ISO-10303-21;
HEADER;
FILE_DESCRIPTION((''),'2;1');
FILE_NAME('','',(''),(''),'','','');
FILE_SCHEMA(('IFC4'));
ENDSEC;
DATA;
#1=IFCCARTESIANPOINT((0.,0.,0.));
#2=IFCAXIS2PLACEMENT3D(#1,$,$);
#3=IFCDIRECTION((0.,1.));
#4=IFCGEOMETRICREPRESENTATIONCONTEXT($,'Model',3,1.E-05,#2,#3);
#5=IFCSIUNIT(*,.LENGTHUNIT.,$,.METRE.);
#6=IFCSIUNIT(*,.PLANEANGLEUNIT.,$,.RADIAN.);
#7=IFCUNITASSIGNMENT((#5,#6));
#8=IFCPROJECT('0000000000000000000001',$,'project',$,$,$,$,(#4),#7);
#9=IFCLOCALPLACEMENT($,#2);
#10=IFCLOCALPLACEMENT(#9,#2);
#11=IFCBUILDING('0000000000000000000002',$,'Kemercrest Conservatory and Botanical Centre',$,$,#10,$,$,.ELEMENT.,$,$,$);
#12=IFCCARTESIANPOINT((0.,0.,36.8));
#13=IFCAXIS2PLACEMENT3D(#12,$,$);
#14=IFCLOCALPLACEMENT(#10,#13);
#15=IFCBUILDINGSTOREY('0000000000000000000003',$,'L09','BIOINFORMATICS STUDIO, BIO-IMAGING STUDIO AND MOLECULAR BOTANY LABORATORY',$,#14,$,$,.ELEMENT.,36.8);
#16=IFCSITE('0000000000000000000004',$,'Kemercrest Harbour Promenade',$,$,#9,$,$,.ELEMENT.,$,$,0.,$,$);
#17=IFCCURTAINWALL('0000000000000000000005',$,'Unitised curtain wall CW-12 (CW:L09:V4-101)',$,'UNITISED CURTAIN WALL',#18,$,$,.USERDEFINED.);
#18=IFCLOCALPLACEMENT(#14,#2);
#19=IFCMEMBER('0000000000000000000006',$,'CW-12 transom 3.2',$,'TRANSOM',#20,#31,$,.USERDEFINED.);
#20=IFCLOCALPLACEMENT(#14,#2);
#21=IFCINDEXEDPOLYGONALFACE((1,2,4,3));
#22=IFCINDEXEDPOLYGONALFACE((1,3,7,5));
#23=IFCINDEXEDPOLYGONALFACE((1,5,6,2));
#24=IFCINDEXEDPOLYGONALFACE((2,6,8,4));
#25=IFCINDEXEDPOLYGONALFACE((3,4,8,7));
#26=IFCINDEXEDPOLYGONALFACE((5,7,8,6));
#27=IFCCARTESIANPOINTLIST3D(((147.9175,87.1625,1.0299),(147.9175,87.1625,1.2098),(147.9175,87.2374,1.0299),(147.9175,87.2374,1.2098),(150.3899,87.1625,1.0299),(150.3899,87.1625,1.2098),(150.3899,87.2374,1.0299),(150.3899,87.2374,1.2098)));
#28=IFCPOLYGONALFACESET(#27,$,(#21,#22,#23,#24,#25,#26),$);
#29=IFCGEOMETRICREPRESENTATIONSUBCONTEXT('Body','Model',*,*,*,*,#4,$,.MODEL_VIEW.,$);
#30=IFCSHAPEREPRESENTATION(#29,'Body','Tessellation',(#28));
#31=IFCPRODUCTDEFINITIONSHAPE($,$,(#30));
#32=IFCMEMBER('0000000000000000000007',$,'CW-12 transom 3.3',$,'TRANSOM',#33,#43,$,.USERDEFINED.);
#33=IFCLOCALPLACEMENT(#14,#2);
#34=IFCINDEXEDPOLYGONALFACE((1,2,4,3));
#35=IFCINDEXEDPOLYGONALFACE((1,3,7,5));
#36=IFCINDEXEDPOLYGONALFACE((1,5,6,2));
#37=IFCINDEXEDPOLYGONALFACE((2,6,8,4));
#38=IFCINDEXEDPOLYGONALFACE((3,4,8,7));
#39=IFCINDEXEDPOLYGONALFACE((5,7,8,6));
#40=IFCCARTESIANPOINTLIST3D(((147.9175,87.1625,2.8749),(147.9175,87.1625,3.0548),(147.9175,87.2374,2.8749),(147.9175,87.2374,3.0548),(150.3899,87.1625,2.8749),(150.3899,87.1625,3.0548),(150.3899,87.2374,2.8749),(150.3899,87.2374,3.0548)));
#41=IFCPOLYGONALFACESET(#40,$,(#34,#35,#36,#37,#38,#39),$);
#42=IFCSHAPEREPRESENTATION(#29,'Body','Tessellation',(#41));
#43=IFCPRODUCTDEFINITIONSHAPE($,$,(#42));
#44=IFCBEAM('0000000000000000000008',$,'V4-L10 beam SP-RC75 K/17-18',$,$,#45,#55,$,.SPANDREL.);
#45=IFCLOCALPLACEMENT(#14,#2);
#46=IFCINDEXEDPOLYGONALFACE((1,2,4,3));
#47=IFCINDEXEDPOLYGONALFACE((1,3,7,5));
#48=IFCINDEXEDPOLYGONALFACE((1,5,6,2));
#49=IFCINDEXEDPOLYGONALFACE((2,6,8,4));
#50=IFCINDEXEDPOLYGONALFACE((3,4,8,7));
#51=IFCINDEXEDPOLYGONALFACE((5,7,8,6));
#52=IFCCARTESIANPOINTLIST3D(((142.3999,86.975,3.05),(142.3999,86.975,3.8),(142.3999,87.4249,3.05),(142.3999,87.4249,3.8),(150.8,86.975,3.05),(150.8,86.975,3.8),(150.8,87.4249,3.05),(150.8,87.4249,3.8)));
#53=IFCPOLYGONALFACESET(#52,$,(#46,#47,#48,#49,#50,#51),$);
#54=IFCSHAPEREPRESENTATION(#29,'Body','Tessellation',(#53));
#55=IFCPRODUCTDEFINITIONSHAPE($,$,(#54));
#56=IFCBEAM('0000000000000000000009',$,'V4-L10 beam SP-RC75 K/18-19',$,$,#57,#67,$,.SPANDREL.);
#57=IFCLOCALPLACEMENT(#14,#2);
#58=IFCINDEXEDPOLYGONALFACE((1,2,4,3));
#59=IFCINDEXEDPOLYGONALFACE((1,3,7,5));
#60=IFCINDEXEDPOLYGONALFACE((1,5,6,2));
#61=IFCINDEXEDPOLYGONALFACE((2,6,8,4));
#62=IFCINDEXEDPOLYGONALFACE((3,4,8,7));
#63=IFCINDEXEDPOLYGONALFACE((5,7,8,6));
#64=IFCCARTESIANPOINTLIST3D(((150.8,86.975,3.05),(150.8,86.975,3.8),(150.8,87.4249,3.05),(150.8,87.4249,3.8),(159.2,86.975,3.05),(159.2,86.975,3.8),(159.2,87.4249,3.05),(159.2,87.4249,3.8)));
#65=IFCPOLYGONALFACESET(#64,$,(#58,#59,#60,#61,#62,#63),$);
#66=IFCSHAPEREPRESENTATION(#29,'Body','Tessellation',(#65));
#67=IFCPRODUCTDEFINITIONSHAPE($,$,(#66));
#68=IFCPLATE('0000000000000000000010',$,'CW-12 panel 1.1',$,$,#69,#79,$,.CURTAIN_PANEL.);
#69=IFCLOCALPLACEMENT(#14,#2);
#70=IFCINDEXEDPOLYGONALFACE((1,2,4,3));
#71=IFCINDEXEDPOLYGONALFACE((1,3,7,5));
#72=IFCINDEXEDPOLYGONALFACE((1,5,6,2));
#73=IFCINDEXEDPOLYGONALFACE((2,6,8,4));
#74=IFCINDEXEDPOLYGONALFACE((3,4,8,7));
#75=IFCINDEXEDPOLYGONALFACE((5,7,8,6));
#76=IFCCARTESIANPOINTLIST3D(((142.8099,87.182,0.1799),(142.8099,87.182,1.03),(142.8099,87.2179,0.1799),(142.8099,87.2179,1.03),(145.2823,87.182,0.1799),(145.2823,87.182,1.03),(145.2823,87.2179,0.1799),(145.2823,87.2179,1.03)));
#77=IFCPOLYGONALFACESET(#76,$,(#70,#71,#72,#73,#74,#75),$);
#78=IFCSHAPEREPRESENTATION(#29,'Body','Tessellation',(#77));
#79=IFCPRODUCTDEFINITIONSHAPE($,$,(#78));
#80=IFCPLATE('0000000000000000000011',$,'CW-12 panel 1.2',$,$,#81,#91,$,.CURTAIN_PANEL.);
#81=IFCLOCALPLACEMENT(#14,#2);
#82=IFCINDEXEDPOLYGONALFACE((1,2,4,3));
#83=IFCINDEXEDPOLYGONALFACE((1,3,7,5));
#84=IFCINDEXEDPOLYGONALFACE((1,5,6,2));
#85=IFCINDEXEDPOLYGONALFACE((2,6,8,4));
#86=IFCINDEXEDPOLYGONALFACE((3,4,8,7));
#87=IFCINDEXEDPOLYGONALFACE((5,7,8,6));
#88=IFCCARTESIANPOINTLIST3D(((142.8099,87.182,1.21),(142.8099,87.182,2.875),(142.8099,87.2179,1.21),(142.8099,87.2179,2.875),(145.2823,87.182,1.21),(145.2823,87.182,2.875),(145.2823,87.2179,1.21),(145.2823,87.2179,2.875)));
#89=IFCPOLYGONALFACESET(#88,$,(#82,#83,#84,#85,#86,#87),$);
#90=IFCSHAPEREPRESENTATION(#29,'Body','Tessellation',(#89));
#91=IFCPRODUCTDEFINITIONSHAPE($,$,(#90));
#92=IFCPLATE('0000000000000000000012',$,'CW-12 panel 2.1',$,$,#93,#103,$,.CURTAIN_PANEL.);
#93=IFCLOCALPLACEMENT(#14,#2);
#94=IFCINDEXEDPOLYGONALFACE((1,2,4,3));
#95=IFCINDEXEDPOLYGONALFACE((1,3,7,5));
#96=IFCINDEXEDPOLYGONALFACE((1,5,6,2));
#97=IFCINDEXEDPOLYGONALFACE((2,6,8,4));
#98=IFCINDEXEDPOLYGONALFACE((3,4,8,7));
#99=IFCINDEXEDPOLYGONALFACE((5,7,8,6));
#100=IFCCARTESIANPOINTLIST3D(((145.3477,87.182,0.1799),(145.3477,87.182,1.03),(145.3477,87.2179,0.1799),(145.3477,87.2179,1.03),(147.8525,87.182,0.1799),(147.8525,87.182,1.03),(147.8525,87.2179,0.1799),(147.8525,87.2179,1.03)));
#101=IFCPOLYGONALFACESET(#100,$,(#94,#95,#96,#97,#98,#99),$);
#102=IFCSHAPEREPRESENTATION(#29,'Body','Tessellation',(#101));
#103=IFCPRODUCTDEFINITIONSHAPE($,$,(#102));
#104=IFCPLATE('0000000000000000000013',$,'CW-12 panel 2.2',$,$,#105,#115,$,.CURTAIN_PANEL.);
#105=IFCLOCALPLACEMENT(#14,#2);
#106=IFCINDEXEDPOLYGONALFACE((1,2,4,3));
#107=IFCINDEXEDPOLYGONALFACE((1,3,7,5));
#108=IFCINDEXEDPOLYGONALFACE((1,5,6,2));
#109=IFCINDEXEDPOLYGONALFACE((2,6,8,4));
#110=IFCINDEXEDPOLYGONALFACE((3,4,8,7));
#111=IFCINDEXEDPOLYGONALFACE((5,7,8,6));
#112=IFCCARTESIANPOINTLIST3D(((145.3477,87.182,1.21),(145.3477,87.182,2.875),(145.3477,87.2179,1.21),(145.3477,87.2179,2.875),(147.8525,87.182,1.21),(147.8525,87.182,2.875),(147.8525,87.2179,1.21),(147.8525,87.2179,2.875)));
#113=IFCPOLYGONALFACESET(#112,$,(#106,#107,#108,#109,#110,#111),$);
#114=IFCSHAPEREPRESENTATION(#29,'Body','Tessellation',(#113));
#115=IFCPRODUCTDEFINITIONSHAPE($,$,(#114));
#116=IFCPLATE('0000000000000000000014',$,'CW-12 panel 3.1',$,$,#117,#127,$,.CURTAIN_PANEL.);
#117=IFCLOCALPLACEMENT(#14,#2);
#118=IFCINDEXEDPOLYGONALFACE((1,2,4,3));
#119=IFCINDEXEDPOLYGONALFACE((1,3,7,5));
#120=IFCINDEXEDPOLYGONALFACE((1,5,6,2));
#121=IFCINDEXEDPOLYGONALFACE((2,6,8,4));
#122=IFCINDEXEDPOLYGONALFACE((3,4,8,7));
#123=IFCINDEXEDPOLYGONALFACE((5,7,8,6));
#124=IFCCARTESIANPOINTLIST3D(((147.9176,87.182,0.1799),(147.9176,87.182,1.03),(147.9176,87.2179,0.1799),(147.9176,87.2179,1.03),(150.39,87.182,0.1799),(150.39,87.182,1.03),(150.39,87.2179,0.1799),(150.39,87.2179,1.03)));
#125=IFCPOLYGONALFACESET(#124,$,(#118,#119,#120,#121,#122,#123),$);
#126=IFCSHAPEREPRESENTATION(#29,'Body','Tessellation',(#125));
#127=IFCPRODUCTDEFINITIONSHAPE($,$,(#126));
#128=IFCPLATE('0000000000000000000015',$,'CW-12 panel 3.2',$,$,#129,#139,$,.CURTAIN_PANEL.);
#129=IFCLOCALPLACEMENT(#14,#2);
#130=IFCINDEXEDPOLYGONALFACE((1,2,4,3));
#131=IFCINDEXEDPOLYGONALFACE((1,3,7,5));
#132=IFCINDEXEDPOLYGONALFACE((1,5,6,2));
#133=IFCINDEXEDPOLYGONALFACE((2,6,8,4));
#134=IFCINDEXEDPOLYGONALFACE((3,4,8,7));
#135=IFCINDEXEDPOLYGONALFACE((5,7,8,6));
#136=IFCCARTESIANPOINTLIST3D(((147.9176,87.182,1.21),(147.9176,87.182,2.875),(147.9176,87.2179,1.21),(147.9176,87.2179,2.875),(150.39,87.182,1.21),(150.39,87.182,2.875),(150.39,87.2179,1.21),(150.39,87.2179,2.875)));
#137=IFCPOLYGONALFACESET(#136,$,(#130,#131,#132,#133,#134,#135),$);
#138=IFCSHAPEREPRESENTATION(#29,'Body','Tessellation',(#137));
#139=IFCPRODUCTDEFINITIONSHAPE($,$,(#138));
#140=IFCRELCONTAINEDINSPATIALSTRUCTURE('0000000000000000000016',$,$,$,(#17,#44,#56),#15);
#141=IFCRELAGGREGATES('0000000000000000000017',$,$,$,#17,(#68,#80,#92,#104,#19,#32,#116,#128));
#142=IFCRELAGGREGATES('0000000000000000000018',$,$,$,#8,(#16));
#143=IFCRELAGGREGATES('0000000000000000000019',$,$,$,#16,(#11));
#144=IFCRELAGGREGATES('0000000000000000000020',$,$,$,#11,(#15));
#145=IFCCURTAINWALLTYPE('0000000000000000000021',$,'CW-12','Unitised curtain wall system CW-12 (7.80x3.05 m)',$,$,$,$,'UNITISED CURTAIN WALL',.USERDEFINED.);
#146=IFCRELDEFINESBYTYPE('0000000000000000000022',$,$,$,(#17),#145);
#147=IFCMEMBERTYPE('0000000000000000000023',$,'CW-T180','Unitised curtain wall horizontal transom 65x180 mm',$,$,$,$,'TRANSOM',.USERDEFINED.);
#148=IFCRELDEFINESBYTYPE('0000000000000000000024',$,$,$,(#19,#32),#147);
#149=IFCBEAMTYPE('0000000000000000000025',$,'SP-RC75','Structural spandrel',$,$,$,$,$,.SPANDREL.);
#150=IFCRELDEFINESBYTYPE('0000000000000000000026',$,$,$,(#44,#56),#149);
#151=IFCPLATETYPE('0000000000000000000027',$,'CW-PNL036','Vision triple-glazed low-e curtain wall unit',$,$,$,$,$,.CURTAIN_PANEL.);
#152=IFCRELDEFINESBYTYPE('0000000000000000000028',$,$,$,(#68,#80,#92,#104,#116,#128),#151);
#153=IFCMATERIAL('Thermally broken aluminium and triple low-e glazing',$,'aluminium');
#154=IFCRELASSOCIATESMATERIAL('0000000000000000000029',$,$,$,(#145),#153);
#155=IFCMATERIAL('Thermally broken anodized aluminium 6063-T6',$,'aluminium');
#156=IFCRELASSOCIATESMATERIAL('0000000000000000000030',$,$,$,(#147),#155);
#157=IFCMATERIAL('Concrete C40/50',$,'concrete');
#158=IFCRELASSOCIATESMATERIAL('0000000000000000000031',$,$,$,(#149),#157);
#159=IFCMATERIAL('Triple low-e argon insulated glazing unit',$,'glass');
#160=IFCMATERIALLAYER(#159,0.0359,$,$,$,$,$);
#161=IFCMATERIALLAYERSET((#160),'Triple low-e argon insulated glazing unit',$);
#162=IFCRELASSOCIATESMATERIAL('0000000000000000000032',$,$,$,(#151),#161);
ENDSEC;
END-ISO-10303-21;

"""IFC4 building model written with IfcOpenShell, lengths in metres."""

from ifc_helpers import new_model, si_unit, direction, frame, origin, origin_2d, place, context, subcontext, project, spatial, rectangle, extrude, material, layer, layer_set, material_profile, profile_set, type_object, element, aggregate, save


model = new_model("IFC4")

# Units and contexts
model_context = context("Model", 3, precision=1e-05, world=origin(), true_north=direction((0.0, 1.0)))
body_context = subcontext(model_context, "Body", "Model", "MODEL_VIEW")
ifc_project = project(units=[si_unit("LENGTHUNIT", "METRE"), si_unit("PLANEANGLEUNIT", "RADIAN")], contexts=[model_context])

# Site, building, storey
site_placement = place(None, origin())
site = spatial("IfcSite", under=ifc_project, at=site_placement, Name="Kemercrest Harbour Promenade", CompositionType="ELEMENT", RefElevation=0.0)
building_placement = place(site_placement, origin())
building = spatial("IfcBuilding", under=site, at=building_placement, Name="Kemercrest Conservatory and Botanical Centre", CompositionType="ELEMENT")
storey_placement = place(building_placement, frame((0.0, 0.0, 36.8)))
storey = spatial("IfcBuildingStorey", under=building, at=storey_placement, Name="L09", Description="BIOINFORMATICS STUDIO, BIO-IMAGING STUDIO AND MOLECULAR BOTANY LABORATORY", CompositionType="ELEMENT", Elevation=36.8)

# Shared definitions
ifc_material_1 = material(Name="Concrete C40/50", Category="concrete")

# Curtain wall, members
ifc_material_2 = material(Name="Thermally broken aluminium and triple low-e glazing", Category="aluminium")
curtain_wall_type = type_object("IfcCurtainWallType", Name="CW-12", Description="Unitised curtain wall system CW-12 (7.80x3.05 m)", ElementType="UNITISED CURTAIN WALL", PredefinedType="USERDEFINED", material=ifc_material_2)
curtain_wall_placement = place(storey_placement, origin())
curtain_wall = element("IfcCurtainWall", 1, at=curtain_wall_placement, inside=storey, type_object=curtain_wall_type, Name="Unitised curtain wall CW-12 (CW:L09:V4-101)", ObjectType="UNITISED CURTAIN WALL", PredefinedType="USERDEFINED")
ifc_material_3 = material(Name="Thermally broken anodized aluminium 6063-T6", Category="aluminium")
ifc_material_profile_1 = material_profile(ifc_material_3, rectangle(XDim=0.075, YDim=0.1799, at=origin_2d()), Name="AL TRANSOM 75x180")
ifc_profile_set_1 = profile_set([ifc_material_profile_1], Name="Thermally broken anodized aluminium 6063-T6")
member_type_1 = type_object("IfcMemberType", Name="CW-T180", Description="Unitised curtain wall horizontal transom 65x180 mm", ElementType="TRANSOM", PredefinedType="USERDEFINED", material=ifc_profile_set_1)
member_1_placement = place(storey_placement, frame((147.9175, 87.2, 1.1199), z_axis=(1.0, 0.0, 0.0), x_axis=(0.0, 1.0, 0.0)))
member_1 = element("IfcMember", 2, at=member_1_placement, type_object=member_type_1, Name="CW-12 transom 3.2", ObjectType="TRANSOM", PredefinedType="USERDEFINED", context=body_context, shape_type="SweptSolid", body=[
    extrude(rectangle(XDim=0.075, YDim=0.1799, at=origin_2d()), origin(), (0.0, 0.0, 1.0), 2.4724),
])
member_2_placement = place(storey_placement, frame((147.9175, 87.2, 2.9648), z_axis=(1.0, 0.0, 0.0), x_axis=(0.0, 1.0, 0.0)))
member_2 = element("IfcMember", 3, at=member_2_placement, type_object=member_type_1, Name="CW-12 transom 3.3", ObjectType="TRANSOM", PredefinedType="USERDEFINED", context=body_context, shape_type="SweptSolid", body=[
    extrude(rectangle(XDim=0.075, YDim=0.1799, at=origin_2d()), origin(), (0.0, 0.0, 1.0), 2.4724),
])

# Beams
ifc_material_profile_2 = material_profile(ifc_material_1, rectangle(XDim=0.45, YDim=0.75, at=origin_2d()), Name="RC 450x750")
ifc_profile_set_2 = profile_set([ifc_material_profile_2], Name="Concrete C40/50")
beam_type_1 = type_object("IfcBeamType", Name="SP-RC75", Description="Structural spandrel", PredefinedType="SPANDREL", material=ifc_profile_set_2)
beam_1_placement = place(storey_placement, frame((142.3999, 87.2, 3.425), z_axis=(1.0, 0.0, 0.0), x_axis=(0.0, 1.0, 0.0)))
element("IfcBeam", 4, at=beam_1_placement, inside=storey, type_object=beam_type_1, Name="V4-L10 beam SP-RC75 K/17-18", PredefinedType="SPANDREL", context=body_context, shape_type="SweptSolid", body=[
    extrude(rectangle(XDim=0.45, YDim=0.75, at=origin_2d()), origin(), (0.0, 0.0, 1.0), 8.4001),
])
beam_2_placement = place(storey_placement, frame((150.8, 87.2, 3.425), z_axis=(1.0, 0.0, 0.0), x_axis=(0.0, 1.0, 0.0)))
element("IfcBeam", 5, at=beam_2_placement, inside=storey, type_object=beam_type_1, Name="V4-L10 beam SP-RC75 K/18-19", PredefinedType="SPANDREL", context=body_context, shape_type="SweptSolid", body=[
    extrude(rectangle(XDim=0.45, YDim=0.75, at=origin_2d()), origin(), (0.0, 0.0, 1.0), 8.3999),
])

# Plates
ifc_material_4 = material(Name="Triple low-e argon insulated glazing unit", Category="glass")
ifc_layer_1 = layer(ifc_material_4, 0.0359)
ifc_layer_set_1 = layer_set([ifc_layer_1], Name="Triple low-e argon insulated glazing unit")
plate_type = type_object("IfcPlateType", Name="CW-PNL036", Description="Vision triple-glazed low-e curtain wall unit", PredefinedType="CURTAIN_PANEL", material=ifc_layer_set_1)
plate_1_placement = place(storey_placement, frame((144.0461, 87.2, 0.1799), z_axis=(0.0, 0.0, 1.0), x_axis=(1.0, 0.0, 0.0)))
plate_1 = element("IfcPlate", 6, at=plate_1_placement, type_object=plate_type, Name="CW-12 panel 1.1", PredefinedType="CURTAIN_PANEL", context=body_context, shape_type="SweptSolid", body=[
    extrude(rectangle(XDim=2.4724, YDim=0.0359, at=origin_2d()), origin(), (0.0, 0.0, 1.0), 0.8501),
])
plate_2_placement = place(storey_placement, frame((144.0461, 87.2, 1.21), z_axis=(0.0, 0.0, 1.0), x_axis=(1.0, 0.0, 0.0)))
plate_2 = element("IfcPlate", 7, at=plate_2_placement, type_object=plate_type, Name="CW-12 panel 1.2", PredefinedType="CURTAIN_PANEL", context=body_context, shape_type="SweptSolid", body=[
    extrude(rectangle(XDim=2.4724, YDim=0.0359, at=origin_2d()), origin(), (0.0, 0.0, 1.0), 1.665),
])
plate_3_placement = place(storey_placement, frame((146.6001, 87.2, 0.1799), z_axis=(0.0, 0.0, 1.0), x_axis=(1.0, 0.0, 0.0)))
plate_3 = element("IfcPlate", 8, at=plate_3_placement, type_object=plate_type, Name="CW-12 panel 2.1", PredefinedType="CURTAIN_PANEL", context=body_context, shape_type="SweptSolid", body=[
    extrude(rectangle(XDim=2.5049, YDim=0.0359, at=origin_2d()), origin(), (0.0, 0.0, 1.0), 0.8501),
])
plate_4_placement = place(storey_placement, frame((146.6001, 87.2, 1.21), z_axis=(0.0, 0.0, 1.0), x_axis=(1.0, 0.0, 0.0)))
plate_4 = element("IfcPlate", 9, at=plate_4_placement, type_object=plate_type, Name="CW-12 panel 2.2", PredefinedType="CURTAIN_PANEL", context=body_context, shape_type="SweptSolid", body=[
    extrude(rectangle(XDim=2.5049, YDim=0.0359, at=origin_2d()), origin(), (0.0, 0.0, 1.0), 1.665),
])
plate_5_placement = place(storey_placement, frame((149.1538, 87.2, 0.1799), z_axis=(0.0, 0.0, 1.0), x_axis=(1.0, 0.0, 0.0)))
plate_5 = element("IfcPlate", 10, at=plate_5_placement, type_object=plate_type, Name="CW-12 panel 3.1", PredefinedType="CURTAIN_PANEL", context=body_context, shape_type="SweptSolid", body=[
    extrude(rectangle(XDim=2.4724, YDim=0.0359, at=origin_2d()), origin(), (0.0, 0.0, 1.0), 0.8501),
])
plate_6_placement = place(storey_placement, frame((149.1538, 87.2, 1.21), z_axis=(0.0, 0.0, 1.0), x_axis=(1.0, 0.0, 0.0)))
plate_6 = element("IfcPlate", 11, at=plate_6_placement, type_object=plate_type, Name="CW-12 panel 3.2", PredefinedType="CURTAIN_PANEL", context=body_context, shape_type="SweptSolid", body=[
    extrude(rectangle(XDim=2.4724, YDim=0.0359, at=origin_2d()), origin(), (0.0, 0.0, 1.0), 1.665),
])
aggregate(curtain_wall, [plate_1, plate_2, plate_3, plate_4, member_1, member_2, plate_5, plate_6])

save(model, "model.ifc")
